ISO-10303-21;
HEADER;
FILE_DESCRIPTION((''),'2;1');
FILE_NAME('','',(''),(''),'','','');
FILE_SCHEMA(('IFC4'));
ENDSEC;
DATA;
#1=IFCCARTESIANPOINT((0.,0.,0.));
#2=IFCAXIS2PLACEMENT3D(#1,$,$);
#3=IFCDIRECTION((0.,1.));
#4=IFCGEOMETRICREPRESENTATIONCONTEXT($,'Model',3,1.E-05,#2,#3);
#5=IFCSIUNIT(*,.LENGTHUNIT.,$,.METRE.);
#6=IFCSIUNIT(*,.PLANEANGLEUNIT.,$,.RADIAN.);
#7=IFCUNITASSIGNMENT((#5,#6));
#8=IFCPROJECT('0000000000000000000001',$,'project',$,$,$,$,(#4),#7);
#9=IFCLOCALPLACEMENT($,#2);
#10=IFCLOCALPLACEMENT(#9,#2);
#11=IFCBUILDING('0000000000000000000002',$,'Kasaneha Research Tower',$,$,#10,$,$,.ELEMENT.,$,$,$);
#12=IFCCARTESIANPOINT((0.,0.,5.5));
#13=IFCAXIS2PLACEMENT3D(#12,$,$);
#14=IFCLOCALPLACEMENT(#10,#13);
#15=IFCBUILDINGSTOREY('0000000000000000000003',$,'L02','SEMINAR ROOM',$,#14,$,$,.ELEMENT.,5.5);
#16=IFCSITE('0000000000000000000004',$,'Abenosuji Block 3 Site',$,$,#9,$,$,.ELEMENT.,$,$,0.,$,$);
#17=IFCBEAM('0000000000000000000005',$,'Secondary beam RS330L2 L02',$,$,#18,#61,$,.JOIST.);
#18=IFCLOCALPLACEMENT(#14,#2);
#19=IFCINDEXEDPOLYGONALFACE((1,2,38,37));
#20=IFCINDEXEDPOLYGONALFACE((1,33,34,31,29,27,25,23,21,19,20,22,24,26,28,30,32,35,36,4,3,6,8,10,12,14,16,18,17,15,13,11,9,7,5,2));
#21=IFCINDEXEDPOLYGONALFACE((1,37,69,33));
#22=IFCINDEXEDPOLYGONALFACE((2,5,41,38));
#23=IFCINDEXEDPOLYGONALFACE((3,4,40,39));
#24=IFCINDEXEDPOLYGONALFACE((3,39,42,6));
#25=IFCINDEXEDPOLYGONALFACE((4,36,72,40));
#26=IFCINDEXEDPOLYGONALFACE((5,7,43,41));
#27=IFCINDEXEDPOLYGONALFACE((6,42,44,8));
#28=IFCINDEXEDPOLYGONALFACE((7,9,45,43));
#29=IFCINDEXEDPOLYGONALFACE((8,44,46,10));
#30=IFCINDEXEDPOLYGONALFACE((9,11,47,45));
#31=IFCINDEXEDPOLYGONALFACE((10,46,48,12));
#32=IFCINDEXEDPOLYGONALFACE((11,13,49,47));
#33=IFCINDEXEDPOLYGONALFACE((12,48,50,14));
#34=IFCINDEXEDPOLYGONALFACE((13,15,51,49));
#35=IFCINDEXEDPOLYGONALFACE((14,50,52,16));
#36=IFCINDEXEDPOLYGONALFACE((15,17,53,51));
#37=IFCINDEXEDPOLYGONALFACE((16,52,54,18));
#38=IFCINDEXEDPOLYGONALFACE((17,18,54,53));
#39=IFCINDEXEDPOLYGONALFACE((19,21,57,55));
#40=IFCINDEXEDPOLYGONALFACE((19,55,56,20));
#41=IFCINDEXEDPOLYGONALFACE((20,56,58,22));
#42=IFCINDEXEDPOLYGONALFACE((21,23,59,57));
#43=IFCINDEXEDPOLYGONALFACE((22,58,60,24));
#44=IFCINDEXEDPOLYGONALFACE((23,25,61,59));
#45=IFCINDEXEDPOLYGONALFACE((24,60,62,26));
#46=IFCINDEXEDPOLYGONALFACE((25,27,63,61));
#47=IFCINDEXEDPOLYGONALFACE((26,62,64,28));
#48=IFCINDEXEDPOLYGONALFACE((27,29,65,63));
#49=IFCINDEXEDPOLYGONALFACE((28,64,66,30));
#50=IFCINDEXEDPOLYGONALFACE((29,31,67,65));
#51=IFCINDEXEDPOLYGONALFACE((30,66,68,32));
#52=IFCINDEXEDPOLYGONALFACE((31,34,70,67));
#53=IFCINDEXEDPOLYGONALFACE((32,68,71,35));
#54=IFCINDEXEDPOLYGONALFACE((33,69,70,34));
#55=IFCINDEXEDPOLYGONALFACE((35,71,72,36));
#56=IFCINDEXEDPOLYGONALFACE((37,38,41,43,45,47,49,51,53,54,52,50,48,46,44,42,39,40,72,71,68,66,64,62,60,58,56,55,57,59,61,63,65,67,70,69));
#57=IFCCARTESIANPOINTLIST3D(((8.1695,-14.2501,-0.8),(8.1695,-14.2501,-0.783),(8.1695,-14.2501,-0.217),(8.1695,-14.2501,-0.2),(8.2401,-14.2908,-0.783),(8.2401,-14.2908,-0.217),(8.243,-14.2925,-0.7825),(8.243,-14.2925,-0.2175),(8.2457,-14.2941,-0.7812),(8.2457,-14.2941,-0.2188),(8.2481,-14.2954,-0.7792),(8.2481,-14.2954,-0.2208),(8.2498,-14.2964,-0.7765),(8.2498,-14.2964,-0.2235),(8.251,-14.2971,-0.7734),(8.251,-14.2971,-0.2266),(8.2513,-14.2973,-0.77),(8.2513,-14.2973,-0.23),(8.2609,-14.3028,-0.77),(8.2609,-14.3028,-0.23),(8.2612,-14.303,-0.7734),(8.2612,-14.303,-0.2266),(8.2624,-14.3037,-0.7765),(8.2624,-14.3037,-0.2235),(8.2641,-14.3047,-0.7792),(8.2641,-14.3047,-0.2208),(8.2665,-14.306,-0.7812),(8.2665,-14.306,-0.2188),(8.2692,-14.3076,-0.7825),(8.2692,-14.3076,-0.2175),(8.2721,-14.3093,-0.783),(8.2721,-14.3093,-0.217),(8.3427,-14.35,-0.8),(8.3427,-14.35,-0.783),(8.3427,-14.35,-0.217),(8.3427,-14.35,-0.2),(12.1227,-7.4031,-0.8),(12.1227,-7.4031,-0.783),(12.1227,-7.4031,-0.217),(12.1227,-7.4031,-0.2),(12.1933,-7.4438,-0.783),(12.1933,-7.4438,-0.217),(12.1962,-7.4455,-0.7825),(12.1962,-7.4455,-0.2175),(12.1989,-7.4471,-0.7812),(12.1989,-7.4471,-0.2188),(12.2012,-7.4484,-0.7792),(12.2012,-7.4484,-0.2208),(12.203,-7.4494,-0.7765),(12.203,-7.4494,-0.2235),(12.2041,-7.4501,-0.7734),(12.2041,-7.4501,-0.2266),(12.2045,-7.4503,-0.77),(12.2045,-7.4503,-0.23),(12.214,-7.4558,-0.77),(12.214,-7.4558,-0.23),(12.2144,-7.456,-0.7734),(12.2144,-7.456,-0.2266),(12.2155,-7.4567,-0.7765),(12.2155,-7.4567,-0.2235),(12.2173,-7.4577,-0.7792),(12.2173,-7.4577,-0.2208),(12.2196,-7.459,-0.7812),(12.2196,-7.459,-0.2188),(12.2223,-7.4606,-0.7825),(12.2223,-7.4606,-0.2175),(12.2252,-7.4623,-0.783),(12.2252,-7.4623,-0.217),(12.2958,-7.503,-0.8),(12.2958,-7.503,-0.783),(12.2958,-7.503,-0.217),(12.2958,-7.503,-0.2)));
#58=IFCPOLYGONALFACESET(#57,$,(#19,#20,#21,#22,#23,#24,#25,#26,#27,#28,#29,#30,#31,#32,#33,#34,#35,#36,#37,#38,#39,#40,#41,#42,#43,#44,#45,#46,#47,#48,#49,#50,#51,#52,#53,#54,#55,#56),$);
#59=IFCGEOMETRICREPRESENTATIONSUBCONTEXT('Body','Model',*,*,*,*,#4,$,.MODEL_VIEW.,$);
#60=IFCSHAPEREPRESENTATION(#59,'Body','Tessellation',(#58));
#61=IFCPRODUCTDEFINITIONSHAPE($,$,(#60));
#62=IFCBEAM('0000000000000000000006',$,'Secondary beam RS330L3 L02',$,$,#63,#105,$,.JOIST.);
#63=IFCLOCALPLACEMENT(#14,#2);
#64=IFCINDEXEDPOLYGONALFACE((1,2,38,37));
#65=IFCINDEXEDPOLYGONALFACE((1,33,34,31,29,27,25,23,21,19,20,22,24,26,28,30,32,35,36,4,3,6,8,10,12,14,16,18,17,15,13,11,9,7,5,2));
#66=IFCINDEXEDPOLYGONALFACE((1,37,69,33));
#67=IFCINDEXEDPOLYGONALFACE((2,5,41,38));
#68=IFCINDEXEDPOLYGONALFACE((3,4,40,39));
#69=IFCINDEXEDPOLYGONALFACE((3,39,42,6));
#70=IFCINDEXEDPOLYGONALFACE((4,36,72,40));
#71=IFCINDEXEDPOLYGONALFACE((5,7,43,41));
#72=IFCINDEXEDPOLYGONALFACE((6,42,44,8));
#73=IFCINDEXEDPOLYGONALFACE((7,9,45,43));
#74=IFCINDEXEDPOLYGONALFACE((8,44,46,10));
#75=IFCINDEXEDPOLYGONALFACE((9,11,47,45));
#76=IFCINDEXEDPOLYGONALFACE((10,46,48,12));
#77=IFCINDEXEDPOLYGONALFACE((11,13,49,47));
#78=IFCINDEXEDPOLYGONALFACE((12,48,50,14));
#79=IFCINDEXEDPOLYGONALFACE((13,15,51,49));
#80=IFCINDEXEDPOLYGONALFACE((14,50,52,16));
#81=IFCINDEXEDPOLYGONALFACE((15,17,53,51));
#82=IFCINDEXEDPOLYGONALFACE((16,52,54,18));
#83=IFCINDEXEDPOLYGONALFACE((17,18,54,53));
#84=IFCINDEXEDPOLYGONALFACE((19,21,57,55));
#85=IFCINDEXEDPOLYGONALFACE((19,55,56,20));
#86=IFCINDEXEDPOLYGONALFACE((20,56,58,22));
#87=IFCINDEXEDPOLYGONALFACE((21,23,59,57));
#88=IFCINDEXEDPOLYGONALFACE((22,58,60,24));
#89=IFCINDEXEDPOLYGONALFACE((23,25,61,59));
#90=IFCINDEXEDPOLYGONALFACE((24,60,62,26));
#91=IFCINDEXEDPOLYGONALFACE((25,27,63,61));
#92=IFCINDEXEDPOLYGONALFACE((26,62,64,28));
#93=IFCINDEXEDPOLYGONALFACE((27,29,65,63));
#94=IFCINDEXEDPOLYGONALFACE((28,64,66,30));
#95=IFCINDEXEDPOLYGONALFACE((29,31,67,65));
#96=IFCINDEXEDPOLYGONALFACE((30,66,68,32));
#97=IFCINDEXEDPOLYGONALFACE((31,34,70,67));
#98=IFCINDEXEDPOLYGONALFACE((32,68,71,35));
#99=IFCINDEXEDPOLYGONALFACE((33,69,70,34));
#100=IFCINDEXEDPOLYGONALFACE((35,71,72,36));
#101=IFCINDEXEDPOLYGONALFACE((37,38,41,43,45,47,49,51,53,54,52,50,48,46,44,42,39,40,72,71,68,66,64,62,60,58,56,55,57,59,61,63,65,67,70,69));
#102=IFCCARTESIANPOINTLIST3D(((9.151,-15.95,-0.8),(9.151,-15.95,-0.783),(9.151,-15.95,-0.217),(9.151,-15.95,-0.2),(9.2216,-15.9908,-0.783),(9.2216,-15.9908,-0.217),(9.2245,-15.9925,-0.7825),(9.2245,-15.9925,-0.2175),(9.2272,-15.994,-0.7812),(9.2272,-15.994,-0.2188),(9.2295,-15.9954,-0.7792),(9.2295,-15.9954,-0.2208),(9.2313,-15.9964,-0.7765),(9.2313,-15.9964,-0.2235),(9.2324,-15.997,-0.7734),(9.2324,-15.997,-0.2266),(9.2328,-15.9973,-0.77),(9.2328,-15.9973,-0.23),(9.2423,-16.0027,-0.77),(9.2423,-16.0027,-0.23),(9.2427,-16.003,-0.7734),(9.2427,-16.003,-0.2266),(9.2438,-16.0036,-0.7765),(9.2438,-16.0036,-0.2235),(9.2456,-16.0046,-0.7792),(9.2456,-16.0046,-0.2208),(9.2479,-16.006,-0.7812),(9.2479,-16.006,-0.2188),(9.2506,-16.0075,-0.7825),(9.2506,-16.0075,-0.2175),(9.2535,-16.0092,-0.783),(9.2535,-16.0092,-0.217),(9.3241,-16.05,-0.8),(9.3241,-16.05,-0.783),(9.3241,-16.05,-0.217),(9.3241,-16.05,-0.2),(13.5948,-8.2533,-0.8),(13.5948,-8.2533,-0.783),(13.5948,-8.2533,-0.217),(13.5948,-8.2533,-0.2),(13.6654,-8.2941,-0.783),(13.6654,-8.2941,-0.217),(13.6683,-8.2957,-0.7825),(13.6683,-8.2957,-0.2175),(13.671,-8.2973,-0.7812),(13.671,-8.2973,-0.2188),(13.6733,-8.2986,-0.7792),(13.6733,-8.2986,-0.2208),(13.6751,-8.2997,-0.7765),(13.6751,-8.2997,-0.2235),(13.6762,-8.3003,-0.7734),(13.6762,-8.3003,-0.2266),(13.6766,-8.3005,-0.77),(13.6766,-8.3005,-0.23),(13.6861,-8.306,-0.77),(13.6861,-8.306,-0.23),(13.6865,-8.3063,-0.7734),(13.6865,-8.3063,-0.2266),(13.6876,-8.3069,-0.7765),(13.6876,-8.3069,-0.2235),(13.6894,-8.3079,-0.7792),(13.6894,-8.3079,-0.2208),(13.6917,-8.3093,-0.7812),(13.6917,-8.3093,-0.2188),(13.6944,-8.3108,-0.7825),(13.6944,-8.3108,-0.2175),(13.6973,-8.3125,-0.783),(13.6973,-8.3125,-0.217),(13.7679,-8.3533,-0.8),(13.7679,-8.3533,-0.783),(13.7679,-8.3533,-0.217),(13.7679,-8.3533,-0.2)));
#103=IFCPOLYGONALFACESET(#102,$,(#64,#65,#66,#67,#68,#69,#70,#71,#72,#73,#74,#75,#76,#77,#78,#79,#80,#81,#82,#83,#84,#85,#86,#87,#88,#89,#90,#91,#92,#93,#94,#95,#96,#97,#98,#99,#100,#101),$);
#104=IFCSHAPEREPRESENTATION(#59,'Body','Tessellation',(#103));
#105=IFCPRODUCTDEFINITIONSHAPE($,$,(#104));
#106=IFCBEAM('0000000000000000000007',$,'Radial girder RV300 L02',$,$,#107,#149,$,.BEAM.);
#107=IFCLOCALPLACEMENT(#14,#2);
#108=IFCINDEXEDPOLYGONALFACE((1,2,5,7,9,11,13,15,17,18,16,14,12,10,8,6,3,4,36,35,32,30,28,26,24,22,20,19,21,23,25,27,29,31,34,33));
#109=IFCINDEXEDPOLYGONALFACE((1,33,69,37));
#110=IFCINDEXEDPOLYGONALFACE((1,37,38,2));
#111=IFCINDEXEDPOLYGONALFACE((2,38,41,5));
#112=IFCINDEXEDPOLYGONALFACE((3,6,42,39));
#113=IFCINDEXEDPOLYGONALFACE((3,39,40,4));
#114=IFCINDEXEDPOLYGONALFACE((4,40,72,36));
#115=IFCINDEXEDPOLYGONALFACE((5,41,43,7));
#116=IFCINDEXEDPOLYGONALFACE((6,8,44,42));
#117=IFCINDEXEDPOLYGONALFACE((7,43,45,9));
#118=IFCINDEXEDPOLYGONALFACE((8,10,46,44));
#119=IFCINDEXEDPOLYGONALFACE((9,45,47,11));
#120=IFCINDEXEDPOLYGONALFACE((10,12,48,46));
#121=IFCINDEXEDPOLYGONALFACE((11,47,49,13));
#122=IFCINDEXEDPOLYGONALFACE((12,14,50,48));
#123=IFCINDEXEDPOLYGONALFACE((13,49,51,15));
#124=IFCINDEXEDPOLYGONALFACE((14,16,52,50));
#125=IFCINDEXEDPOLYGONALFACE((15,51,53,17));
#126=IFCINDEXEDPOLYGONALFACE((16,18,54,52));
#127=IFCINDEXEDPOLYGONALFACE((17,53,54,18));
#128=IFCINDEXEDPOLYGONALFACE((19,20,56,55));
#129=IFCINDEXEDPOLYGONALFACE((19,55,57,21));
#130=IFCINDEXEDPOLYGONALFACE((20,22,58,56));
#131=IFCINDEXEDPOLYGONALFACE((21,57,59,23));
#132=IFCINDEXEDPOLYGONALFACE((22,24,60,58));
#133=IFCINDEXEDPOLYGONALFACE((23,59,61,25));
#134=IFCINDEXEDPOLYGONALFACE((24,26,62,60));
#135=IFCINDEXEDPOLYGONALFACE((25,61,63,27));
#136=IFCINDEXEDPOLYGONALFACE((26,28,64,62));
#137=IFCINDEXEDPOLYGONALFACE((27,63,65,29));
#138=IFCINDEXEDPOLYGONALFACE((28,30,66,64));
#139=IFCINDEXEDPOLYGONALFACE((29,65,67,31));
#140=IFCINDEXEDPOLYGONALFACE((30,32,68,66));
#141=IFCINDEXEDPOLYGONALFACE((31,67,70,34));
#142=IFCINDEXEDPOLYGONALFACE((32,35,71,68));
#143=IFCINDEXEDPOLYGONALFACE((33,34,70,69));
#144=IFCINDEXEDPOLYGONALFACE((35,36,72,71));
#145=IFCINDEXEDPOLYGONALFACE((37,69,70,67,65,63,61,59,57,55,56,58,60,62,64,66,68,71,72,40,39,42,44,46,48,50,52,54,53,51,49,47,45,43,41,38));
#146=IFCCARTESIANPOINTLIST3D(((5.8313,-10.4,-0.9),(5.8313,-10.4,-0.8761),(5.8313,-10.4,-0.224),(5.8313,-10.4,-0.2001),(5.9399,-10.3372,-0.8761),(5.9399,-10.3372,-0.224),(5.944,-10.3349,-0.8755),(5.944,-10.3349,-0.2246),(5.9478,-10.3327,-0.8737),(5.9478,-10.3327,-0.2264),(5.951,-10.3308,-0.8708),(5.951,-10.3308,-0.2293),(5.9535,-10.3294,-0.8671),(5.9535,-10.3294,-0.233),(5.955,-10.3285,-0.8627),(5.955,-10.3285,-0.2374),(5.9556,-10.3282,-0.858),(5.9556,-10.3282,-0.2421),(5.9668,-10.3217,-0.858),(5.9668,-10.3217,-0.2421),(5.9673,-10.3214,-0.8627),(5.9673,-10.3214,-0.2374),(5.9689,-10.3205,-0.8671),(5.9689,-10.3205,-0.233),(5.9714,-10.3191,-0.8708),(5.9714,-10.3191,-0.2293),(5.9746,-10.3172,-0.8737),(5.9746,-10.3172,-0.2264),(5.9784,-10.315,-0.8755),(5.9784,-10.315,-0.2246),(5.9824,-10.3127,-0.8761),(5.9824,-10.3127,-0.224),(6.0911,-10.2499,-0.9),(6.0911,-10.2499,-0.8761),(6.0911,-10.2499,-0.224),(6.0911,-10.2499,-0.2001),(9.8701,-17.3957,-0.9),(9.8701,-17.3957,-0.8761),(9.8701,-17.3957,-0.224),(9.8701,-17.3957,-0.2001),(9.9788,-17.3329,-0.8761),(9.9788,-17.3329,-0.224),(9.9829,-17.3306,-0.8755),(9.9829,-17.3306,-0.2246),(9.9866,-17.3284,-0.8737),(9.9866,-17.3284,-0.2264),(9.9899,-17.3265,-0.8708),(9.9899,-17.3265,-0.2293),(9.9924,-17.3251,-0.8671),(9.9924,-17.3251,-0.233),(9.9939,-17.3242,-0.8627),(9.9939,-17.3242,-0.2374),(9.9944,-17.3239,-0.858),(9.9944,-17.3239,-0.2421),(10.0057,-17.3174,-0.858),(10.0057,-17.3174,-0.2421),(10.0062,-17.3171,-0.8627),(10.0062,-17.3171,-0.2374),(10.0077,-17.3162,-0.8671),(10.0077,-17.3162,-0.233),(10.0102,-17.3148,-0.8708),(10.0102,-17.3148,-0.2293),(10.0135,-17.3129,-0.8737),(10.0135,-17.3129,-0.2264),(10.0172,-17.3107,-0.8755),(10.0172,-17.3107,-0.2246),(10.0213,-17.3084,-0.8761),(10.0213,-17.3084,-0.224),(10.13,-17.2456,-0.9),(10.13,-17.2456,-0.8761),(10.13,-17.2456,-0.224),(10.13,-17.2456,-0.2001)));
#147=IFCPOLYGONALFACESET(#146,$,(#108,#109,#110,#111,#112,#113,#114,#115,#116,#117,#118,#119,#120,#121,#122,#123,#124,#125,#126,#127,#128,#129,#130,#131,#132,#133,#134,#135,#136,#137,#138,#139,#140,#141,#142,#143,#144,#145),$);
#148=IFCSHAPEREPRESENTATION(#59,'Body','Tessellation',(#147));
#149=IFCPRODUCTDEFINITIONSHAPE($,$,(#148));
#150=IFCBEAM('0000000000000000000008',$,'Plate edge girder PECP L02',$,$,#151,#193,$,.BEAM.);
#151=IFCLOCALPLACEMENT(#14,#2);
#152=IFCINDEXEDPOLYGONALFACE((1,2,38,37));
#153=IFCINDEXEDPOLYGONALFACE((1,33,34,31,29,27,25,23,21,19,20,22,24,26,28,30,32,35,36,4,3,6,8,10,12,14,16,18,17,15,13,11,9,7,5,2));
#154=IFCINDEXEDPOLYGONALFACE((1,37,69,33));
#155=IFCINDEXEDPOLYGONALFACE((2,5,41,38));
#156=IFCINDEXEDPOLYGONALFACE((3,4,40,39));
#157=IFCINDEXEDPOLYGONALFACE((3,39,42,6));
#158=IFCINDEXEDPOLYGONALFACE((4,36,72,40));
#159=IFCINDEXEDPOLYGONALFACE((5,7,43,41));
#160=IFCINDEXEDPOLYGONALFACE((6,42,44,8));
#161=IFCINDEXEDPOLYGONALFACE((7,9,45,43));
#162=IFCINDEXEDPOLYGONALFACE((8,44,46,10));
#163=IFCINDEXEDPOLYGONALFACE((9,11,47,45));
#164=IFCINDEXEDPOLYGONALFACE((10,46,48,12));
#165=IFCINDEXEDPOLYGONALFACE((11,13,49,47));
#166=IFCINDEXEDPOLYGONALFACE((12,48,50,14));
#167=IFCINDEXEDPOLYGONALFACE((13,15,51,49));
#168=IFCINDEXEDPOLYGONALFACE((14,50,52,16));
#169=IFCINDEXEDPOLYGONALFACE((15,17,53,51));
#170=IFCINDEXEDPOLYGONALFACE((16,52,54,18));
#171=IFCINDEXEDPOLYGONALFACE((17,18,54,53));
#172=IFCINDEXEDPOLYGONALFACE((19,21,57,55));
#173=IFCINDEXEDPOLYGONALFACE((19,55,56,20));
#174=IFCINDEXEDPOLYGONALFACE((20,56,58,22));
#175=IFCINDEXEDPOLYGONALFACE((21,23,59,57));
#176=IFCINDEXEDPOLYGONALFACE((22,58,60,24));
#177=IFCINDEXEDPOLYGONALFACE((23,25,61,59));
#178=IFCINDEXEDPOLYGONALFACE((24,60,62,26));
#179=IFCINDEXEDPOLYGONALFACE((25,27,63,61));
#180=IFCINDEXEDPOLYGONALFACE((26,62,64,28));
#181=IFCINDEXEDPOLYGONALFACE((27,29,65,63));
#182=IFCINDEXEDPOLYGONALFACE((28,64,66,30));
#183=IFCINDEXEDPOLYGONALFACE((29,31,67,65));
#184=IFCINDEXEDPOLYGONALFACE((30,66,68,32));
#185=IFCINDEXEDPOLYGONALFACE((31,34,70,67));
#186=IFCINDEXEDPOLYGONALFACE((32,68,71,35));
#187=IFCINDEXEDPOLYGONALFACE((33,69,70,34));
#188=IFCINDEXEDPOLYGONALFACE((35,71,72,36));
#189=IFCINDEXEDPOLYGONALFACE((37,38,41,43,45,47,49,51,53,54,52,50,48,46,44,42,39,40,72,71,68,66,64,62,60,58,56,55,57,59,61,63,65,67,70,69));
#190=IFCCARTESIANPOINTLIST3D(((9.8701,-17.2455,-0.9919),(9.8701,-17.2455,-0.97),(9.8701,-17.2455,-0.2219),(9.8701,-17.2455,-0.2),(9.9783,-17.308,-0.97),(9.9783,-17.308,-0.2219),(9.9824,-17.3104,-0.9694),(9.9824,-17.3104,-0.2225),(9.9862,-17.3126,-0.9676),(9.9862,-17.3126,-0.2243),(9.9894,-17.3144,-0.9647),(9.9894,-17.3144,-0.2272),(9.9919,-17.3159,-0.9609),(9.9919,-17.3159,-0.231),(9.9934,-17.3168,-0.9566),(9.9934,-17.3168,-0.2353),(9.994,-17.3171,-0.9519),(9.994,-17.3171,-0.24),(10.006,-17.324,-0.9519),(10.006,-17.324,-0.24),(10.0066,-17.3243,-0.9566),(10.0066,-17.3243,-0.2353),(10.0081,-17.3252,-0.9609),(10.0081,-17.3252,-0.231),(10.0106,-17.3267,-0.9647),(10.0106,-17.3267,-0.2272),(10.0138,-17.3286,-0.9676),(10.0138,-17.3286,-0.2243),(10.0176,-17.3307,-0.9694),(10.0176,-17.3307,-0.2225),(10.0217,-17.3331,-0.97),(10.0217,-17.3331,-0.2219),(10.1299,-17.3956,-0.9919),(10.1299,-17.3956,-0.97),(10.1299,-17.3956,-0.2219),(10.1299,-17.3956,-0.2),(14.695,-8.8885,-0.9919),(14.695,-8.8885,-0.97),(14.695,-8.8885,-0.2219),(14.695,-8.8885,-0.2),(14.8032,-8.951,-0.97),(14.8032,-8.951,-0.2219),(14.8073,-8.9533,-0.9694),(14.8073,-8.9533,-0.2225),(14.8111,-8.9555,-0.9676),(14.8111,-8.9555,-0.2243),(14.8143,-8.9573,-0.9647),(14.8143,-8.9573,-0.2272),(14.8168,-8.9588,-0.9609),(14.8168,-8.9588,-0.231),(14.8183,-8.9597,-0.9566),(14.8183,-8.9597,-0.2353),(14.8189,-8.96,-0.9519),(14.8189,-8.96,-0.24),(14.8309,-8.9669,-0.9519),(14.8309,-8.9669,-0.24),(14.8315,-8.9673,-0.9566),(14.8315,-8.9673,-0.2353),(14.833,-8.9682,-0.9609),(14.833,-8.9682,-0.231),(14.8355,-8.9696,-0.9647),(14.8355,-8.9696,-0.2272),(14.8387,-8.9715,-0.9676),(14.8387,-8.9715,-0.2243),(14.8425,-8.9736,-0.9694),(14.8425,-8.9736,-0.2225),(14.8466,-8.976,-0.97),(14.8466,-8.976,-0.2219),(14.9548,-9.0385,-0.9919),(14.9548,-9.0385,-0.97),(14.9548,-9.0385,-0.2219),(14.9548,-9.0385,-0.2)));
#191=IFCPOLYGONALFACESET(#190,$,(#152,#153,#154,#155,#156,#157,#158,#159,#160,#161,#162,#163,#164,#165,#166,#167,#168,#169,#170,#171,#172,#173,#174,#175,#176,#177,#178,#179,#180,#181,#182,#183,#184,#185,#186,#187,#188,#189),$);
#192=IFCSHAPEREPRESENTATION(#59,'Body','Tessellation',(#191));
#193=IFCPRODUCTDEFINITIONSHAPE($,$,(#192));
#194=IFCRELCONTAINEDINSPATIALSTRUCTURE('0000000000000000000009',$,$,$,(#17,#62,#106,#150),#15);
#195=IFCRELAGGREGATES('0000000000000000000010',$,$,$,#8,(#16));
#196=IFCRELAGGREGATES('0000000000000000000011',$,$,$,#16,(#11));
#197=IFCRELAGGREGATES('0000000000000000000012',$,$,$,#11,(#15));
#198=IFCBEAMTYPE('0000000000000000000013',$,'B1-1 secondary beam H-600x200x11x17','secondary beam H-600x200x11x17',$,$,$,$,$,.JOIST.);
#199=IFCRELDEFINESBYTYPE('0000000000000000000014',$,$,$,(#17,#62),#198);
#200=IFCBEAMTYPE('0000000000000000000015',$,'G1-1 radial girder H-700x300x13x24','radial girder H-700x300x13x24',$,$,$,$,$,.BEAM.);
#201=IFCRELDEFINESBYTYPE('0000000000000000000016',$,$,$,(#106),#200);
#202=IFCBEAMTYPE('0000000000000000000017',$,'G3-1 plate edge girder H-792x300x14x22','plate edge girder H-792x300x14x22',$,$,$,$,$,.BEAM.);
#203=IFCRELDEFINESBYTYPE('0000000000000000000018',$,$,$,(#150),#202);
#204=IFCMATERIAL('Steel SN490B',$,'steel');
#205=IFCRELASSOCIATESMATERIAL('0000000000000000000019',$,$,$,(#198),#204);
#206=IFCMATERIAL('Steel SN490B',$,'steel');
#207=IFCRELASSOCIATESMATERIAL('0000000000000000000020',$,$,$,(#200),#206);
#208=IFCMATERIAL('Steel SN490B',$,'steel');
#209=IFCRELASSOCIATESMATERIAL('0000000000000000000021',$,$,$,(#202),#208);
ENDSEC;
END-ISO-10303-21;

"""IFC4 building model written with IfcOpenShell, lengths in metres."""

from ifc_helpers import new_model, si_unit, direction, frame, origin, origin_2d, place, context, subcontext, project, spatial, i_section, extrude, material, material_profile, profile_set, type_object, element, save


model = new_model("IFC4")

# Units and contexts
model_context = context("Model", 3, precision=1e-05, world=origin(), true_north=direction((0.0, 1.0)))
body_context = subcontext(model_context, "Body", "Model", "MODEL_VIEW")
ifc_project = project(units=[si_unit("LENGTHUNIT", "METRE"), si_unit("PLANEANGLEUNIT", "RADIAN")], contexts=[model_context])

# Site, building, storey
site_placement = place(None, origin())
site = spatial("IfcSite", under=ifc_project, at=site_placement, Name="Abenosuji Block 3 Site", CompositionType="ELEMENT", RefElevation=0.0)
building_placement = place(site_placement, origin())
building = spatial("IfcBuilding", under=site, at=building_placement, Name="Kasaneha Research Tower", CompositionType="ELEMENT")
storey_placement = place(building_placement, frame((0.0, 0.0, 5.5)))
storey = spatial("IfcBuildingStorey", under=building, at=storey_placement, Name="L02", Description="SEMINAR ROOM", CompositionType="ELEMENT", Elevation=5.5)

# Beams
ifc_material_1 = material(Name="Steel SN490B", Category="steel")
ifc_material_profile_1 = material_profile(ifc_material_1, i_section(OverallWidth=0.2, OverallDepth=0.6001, WebThickness=0.011, FlangeThickness=0.0171, FilletRadius=0.0129, at=origin_2d()), Name="H-600x200x11x17")
ifc_profile_set_1 = profile_set([ifc_material_profile_1], Name="Steel SN490B")
beam_type_1 = type_object("IfcBeamType", Name="B1-1 secondary beam H-600x200x11x17", Description="secondary beam H-600x200x11x17", PredefinedType="JOIST", material=ifc_profile_set_1)
beam_1_placement = place(storey_placement, frame((8.2561, -14.3, -0.5), z_axis=(0.500005, 0.866023, 0.0), x_axis=(-0.866023, 0.500005, 0.0)))
element("IfcBeam", 1, at=beam_1_placement, inside=storey, type_object=beam_type_1, Name="Secondary beam RS330L2 L02", PredefinedType="JOIST", context=body_context, shape_type="SweptSolid", body=[
    extrude(i_section(OverallWidth=0.2, OverallDepth=0.6001, WebThickness=0.011, FlangeThickness=0.0171, FilletRadius=0.0129, at=origin_2d()), origin(), (0.0, 0.0, 1.0), 7.9062),
])
beam_2_placement = place(storey_placement, frame((9.2375, -16.0, -0.5), z_axis=(0.500009, 0.86602, 0.0), x_axis=(-0.86602, 0.500009, 0.0)))
element("IfcBeam", 2, at=beam_2_placement, inside=storey, type_object=beam_type_1, Name="Secondary beam RS330L3 L02", PredefinedType="JOIST", context=body_context, shape_type="SweptSolid", body=[
    extrude(i_section(OverallWidth=0.2, OverallDepth=0.6001, WebThickness=0.011, FlangeThickness=0.0171, FilletRadius=0.0129, at=origin_2d()), origin(), (0.0, 0.0, 1.0), 8.8875),
])
ifc_material_2 = material(Name="Steel SN490B", Category="steel")
ifc_material_profile_2 = material_profile(ifc_material_2, i_section(OverallWidth=0.3, OverallDepth=0.7, WebThickness=0.0129, FlangeThickness=0.0239, FilletRadius=0.0181, at=origin_2d()), Name="H-700x300x13x24")
ifc_profile_set_2 = profile_set([ifc_material_profile_2], Name="Steel SN490B")
beam_type_2 = type_object("IfcBeamType", Name="G1-1 radial girder H-700x300x13x24", Description="radial girder H-700x300x13x24", PredefinedType="BEAM", material=ifc_profile_set_2)
beam_3_placement = place(storey_placement, frame((5.9612, -10.325, -0.55), z_axis=(0.499991, -0.866031, 0.0), x_axis=(0.866031, 0.499991, 0.0)))
element("IfcBeam", 3, at=beam_3_placement, inside=storey, type_object=beam_type_2, Name="Radial girder RV300 L02", PredefinedType="BEAM", context=body_context, shape_type="SweptSolid", body=[
    extrude(i_section(OverallWidth=0.3, OverallDepth=0.7, WebThickness=0.0129, FlangeThickness=0.0239, FilletRadius=0.0181, at=origin_2d()), origin(), (0.0, 0.0, 1.0), 8.0779),
])
ifc_material_3 = material(Name="Steel SN490B", Category="steel")
ifc_material_profile_3 = material_profile(ifc_material_3, i_section(OverallWidth=0.3, OverallDepth=0.792, WebThickness=0.0139, FlangeThickness=0.022, FilletRadius=0.0181, at=origin_2d()), Name="H-792x300x14x22")
ifc_profile_set_3 = profile_set([ifc_material_profile_3], Name="Steel SN490B")
beam_type_3 = type_object("IfcBeamType", Name="G3-1 plate edge girder H-792x300x14x22", Description="plate edge girder H-792x300x14x22", PredefinedType="BEAM", material=ifc_profile_set_3)
beam_4_placement = place(storey_placement, frame((10.0, -17.3206, -0.5959), z_axis=(0.499995, 0.866028, 0.0), x_axis=(-0.866028, 0.499995, 0.0)))
element("IfcBeam", 4, at=beam_4_placement, inside=storey, type_object=beam_type_3, Name="Plate edge girder PECP L02", PredefinedType="BEAM", context=body_context, shape_type="SweptSolid", body=[
    extrude(i_section(OverallWidth=0.3, OverallDepth=0.792, WebThickness=0.0139, FlangeThickness=0.022, FilletRadius=0.0181, at=origin_2d()), origin(), (0.0, 0.0, 1.0), 9.6499),
])

save(model, "model.ifc")
